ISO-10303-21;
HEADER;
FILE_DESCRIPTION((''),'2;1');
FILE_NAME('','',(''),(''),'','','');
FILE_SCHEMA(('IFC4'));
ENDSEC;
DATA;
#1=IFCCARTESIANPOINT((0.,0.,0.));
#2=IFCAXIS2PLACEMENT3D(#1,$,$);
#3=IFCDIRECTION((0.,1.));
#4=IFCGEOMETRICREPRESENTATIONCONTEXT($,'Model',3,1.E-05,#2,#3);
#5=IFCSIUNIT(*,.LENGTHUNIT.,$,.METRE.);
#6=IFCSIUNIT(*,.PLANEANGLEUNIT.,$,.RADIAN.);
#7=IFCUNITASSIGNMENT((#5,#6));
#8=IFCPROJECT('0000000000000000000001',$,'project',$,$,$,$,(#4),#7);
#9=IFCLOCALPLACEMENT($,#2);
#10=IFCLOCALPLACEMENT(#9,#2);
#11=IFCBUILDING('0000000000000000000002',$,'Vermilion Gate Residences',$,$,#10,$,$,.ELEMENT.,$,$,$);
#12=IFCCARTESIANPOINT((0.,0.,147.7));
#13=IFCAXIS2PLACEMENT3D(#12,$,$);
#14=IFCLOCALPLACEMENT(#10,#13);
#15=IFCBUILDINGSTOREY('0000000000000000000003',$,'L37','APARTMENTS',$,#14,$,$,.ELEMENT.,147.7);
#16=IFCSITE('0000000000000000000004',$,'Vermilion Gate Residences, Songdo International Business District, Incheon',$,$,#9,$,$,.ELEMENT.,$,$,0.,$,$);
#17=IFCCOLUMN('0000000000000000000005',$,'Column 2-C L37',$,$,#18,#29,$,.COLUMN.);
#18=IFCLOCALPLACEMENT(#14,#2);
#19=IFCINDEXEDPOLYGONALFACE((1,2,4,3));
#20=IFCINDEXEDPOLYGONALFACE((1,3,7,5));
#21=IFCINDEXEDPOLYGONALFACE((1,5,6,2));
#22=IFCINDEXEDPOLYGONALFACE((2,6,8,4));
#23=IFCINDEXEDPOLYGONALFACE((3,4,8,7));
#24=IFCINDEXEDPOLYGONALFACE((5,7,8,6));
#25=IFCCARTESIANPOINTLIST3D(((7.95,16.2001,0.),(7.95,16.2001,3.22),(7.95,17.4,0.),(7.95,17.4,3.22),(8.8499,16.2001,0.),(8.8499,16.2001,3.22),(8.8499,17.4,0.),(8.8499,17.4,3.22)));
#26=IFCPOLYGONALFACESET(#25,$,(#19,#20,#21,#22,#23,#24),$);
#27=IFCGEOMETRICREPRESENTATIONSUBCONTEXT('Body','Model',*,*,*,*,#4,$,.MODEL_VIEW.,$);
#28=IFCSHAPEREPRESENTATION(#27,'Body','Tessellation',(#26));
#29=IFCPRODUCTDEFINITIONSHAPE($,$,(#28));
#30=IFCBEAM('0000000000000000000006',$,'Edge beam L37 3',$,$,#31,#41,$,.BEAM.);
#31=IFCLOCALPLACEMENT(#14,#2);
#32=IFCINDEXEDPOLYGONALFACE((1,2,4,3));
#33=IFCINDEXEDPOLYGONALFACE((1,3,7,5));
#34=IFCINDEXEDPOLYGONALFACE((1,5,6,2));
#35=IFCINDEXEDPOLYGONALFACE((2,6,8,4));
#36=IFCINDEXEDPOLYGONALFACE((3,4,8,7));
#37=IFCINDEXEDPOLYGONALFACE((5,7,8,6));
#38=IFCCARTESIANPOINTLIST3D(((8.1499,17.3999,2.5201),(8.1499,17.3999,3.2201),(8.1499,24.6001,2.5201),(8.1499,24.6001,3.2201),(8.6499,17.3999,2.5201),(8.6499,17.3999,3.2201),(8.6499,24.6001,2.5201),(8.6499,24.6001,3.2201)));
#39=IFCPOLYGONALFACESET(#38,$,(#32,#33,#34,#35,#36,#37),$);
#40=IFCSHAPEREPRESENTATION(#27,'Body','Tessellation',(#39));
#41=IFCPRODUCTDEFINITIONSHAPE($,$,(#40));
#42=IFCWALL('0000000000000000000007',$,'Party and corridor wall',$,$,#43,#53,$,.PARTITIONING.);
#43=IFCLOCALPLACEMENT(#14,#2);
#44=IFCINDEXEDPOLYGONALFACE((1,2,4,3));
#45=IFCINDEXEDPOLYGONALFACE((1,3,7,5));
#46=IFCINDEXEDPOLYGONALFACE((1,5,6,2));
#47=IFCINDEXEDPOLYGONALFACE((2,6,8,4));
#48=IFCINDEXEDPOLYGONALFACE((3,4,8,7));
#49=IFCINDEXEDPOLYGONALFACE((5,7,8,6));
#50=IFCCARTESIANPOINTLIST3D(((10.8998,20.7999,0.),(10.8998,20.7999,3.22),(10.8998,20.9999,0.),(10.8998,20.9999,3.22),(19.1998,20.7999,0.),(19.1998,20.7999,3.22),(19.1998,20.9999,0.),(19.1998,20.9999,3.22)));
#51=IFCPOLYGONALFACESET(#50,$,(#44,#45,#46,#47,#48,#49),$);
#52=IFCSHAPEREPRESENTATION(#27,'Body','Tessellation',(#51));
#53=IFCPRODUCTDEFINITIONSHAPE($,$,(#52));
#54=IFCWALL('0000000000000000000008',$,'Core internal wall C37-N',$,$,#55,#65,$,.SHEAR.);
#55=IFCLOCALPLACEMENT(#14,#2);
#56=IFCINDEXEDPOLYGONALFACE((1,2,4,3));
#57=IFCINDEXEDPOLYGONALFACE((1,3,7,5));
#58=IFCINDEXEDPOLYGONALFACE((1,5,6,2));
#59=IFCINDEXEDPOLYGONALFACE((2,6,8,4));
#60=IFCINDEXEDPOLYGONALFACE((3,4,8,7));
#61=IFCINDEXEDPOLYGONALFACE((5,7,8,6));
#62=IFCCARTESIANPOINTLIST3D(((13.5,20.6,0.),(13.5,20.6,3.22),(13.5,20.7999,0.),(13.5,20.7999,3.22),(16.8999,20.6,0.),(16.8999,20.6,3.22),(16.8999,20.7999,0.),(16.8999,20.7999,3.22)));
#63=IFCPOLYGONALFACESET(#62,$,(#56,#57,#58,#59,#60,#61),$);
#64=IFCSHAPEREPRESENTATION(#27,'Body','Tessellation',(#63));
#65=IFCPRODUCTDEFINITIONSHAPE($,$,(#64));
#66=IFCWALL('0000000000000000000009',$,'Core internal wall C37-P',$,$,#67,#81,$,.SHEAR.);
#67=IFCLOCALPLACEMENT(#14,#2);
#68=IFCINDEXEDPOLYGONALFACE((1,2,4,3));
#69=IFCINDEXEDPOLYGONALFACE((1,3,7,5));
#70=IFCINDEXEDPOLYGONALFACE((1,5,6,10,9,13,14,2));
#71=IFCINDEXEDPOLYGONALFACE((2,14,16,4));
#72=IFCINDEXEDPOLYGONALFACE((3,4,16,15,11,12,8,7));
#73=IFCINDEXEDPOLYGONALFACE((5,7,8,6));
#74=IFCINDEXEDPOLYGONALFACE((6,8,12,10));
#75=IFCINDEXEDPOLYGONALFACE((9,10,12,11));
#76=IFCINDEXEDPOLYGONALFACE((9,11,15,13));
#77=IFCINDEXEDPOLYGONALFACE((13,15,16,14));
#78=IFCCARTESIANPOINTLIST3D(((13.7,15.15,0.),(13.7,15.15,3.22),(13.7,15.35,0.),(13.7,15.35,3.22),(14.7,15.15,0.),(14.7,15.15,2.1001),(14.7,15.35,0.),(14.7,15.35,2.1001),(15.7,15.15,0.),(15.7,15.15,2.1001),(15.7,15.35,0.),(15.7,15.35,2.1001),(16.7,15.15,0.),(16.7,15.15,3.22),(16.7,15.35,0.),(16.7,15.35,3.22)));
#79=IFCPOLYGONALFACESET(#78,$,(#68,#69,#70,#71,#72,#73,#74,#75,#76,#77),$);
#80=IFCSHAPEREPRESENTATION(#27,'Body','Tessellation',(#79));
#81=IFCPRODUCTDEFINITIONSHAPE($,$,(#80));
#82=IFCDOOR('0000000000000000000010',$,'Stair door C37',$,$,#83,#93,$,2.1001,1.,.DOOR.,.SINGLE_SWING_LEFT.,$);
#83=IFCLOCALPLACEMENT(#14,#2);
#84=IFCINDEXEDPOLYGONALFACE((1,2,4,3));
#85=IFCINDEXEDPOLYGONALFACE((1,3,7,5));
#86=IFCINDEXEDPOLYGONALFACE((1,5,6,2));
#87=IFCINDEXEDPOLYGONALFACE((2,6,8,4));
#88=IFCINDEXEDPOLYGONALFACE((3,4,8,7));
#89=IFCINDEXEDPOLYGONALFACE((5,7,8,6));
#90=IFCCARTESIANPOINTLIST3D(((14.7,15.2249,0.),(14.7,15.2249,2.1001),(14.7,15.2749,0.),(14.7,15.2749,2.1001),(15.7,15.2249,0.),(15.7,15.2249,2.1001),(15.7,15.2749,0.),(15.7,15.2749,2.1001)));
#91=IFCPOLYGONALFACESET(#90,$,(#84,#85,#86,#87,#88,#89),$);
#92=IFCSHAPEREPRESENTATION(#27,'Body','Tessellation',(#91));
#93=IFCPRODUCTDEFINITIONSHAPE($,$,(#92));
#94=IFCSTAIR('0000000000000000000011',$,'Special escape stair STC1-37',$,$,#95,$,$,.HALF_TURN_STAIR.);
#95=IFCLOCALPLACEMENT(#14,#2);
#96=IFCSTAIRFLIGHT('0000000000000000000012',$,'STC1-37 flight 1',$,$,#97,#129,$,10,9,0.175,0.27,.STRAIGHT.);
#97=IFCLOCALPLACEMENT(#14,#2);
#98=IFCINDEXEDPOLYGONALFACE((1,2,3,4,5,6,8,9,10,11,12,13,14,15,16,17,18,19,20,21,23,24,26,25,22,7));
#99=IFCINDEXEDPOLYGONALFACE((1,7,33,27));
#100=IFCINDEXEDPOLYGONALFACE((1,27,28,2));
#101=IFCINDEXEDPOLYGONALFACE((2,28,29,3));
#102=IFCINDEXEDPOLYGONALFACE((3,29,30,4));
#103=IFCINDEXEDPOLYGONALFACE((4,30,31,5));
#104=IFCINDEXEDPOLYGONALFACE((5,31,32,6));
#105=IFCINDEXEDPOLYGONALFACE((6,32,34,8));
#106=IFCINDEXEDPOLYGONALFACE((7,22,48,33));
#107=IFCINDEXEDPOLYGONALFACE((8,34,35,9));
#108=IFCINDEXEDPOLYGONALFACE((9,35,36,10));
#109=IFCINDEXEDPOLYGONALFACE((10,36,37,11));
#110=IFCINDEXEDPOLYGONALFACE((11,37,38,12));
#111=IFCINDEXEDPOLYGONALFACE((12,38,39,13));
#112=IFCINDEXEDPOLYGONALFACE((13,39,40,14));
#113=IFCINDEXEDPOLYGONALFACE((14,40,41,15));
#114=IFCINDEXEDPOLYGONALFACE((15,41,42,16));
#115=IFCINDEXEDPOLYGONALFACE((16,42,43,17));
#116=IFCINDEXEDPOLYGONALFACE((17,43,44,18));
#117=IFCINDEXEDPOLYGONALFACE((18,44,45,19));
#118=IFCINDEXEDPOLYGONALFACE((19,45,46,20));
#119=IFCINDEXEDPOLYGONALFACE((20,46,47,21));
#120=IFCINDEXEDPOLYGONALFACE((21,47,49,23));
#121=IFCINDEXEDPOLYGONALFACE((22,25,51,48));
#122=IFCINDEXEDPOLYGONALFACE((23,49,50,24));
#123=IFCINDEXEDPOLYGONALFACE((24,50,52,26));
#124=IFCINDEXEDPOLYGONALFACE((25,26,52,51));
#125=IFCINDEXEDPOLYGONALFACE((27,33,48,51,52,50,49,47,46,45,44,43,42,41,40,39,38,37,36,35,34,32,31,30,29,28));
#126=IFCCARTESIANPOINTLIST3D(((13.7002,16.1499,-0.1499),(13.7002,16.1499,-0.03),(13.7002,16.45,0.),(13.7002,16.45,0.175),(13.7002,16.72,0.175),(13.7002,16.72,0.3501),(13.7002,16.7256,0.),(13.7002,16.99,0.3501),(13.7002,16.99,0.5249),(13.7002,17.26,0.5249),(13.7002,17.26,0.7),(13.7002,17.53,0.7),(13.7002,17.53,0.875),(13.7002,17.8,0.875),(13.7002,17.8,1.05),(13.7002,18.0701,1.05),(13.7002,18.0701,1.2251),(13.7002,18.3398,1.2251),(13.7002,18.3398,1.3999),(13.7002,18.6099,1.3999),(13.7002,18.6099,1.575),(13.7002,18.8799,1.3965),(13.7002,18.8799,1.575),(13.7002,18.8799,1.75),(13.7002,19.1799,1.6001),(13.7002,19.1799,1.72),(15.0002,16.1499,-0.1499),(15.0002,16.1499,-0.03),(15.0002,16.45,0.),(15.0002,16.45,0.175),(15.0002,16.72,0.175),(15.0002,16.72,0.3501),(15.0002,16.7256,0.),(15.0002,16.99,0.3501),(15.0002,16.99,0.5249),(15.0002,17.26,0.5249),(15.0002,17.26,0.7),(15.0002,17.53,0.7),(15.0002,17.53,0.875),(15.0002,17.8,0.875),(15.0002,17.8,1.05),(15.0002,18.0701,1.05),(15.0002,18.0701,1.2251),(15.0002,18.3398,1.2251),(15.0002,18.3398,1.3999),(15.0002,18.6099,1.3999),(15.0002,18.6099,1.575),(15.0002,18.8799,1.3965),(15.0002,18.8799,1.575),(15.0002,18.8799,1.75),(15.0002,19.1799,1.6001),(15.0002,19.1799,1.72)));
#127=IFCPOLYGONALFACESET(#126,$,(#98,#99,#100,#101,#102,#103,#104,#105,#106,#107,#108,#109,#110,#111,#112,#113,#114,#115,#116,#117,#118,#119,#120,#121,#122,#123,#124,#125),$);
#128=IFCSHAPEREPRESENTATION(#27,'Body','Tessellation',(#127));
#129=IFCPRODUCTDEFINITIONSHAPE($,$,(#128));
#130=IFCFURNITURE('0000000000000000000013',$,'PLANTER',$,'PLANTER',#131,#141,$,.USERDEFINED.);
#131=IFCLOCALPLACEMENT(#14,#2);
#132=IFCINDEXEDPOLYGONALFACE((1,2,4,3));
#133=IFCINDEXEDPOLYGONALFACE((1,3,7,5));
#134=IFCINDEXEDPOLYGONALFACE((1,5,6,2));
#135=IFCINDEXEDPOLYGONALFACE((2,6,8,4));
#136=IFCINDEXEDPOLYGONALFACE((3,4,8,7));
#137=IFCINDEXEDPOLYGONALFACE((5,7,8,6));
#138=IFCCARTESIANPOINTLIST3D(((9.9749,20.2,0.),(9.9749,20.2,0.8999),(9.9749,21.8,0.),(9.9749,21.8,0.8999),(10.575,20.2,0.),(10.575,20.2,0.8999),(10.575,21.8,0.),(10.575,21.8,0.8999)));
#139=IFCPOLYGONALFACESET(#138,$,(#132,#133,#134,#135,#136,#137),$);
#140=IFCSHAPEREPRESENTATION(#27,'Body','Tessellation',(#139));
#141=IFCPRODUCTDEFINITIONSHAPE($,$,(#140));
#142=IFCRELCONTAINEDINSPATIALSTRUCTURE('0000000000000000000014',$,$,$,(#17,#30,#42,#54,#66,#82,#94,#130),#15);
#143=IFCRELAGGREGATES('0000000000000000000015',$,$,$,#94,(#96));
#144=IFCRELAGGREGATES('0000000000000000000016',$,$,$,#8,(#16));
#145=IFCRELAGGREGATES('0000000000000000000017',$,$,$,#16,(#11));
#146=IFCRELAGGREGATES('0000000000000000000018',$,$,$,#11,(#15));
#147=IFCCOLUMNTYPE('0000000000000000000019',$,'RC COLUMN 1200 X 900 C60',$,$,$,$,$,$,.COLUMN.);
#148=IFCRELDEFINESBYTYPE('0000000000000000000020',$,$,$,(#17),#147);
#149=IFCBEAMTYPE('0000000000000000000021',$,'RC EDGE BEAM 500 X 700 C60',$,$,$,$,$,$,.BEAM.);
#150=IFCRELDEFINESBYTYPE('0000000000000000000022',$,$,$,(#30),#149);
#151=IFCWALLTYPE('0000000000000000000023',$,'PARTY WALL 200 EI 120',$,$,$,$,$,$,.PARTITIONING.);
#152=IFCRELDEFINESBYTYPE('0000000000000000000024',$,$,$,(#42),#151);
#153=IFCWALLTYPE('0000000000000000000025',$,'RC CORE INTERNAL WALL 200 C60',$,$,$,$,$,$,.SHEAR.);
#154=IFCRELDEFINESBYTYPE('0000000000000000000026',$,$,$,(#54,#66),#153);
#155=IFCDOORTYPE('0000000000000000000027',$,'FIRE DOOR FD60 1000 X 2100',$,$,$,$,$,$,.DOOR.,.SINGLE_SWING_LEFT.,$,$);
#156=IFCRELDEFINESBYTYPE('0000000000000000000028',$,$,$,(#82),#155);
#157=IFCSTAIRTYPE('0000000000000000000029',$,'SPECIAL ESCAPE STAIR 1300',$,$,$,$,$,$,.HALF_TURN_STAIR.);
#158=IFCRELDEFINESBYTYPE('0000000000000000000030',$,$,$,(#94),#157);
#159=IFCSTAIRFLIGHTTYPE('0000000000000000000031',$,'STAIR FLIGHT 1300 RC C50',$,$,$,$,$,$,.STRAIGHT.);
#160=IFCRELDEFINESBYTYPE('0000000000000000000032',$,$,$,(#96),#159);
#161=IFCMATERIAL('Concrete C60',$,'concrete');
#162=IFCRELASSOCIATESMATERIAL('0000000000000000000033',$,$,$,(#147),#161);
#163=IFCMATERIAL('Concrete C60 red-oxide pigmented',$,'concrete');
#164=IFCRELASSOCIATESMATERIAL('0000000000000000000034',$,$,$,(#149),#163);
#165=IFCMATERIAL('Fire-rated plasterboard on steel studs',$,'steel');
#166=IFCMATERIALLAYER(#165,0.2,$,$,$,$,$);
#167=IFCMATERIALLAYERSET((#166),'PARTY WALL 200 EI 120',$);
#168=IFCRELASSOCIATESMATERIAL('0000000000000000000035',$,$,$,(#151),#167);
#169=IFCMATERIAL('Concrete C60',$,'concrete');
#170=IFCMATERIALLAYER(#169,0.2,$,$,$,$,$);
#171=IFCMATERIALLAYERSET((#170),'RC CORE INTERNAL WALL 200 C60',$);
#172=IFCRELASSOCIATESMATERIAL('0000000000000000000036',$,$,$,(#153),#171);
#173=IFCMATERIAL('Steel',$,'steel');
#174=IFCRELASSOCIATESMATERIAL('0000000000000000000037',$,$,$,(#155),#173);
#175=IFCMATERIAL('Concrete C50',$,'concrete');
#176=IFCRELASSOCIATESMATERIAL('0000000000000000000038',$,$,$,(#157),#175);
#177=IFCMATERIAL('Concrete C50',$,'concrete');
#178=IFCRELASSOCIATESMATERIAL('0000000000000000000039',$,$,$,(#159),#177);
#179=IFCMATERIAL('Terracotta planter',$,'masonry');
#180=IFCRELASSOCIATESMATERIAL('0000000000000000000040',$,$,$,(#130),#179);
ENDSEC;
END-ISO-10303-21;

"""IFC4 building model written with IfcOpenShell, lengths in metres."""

from ifc_helpers import new_model, si_unit, direction, frame, frame_2d, origin, origin_2d, place, context, subcontext, project, spatial, polyline, rectangle, outline, extrude, material, layer, layer_set, material_profile, profile_set, type_object, element, fill, aggregate, save


model = new_model("IFC4")

# Units and contexts
model_context = context("Model", 3, precision=1e-05, world=origin(), true_north=direction((0.0, 1.0)))
body_context = subcontext(model_context, "Body", "Model", "MODEL_VIEW")
ifc_project = project(units=[si_unit("LENGTHUNIT", "METRE"), si_unit("PLANEANGLEUNIT", "RADIAN")], contexts=[model_context])

# Site, building, storey
site_placement = place(None, origin())
site = spatial("IfcSite", under=ifc_project, at=site_placement, Name="Vermilion Gate Residences, Songdo International Business District, Incheon", CompositionType="ELEMENT", RefElevation=0.0)
building_placement = place(site_placement, origin())
building = spatial("IfcBuilding", under=site, at=building_placement, Name="Vermilion Gate Residences", CompositionType="ELEMENT")
storey_placement = place(building_placement, frame((0.0, 0.0, 147.7)))
storey = spatial("IfcBuildingStorey", under=building, at=storey_placement, Name="L37", Description="APARTMENTS", CompositionType="ELEMENT", Elevation=147.7)

# Column
ifc_material_1 = material(Name="Concrete C60", Category="concrete")
ifc_material_profile_1 = material_profile(ifc_material_1, rectangle(XDim=1.2, YDim=0.8999, at=origin_2d()), Name="RC-1200x900")
ifc_profile_set_1 = profile_set([ifc_material_profile_1], Name="Concrete C60")
column_type = type_object("IfcColumnType", Name="RC COLUMN 1200 X 900 C60", PredefinedType="COLUMN", material=ifc_profile_set_1)
column_placement = place(storey_placement, frame((8.3999, 16.8, 0.0), z_axis=(0.0, 0.0, 1.0), x_axis=(0.0, 1.0, 0.0)))
element("IfcColumn", 1, at=column_placement, inside=storey, type_object=column_type, Name="Column 2-C L37", PredefinedType="COLUMN", context=body_context, shape_type="SweptSolid", body=[
    extrude(rectangle(XDim=1.2, YDim=0.8999, at=origin_2d()), origin(), (0.0, 0.0, 1.0), 3.22),
])

# Beam
ifc_material_2 = material(Name="Concrete C60 red-oxide pigmented", Category="concrete")
ifc_material_profile_2 = material_profile(ifc_material_2, rectangle(XDim=0.5, YDim=0.7, at=origin_2d()), Name="RC-500x700")
ifc_profile_set_2 = profile_set([ifc_material_profile_2], Name="Concrete C60 red-oxide pigmented")
beam_type = type_object("IfcBeamType", Name="RC EDGE BEAM 500 X 700 C60", PredefinedType="BEAM", material=ifc_profile_set_2)
beam_placement = place(storey_placement, frame((8.3999, 17.3999, 2.8701), z_axis=(0.0, 1.0, 0.0), x_axis=(-1.0, 0.0, 0.0)))
element("IfcBeam", 2, at=beam_placement, inside=storey, type_object=beam_type, Name="Edge beam L37 3", PredefinedType="BEAM", context=body_context, shape_type="SweptSolid", body=[
    extrude(rectangle(XDim=0.5, YDim=0.7, at=origin_2d()), origin(), (0.0, 0.0, 1.0), 7.2002),
])

# Walls
ifc_material_3 = material(Name="Fire-rated plasterboard on steel studs", Category="steel")
ifc_layer_1 = layer(ifc_material_3, 0.2)
ifc_layer_set_1 = layer_set([ifc_layer_1], Name="PARTY WALL 200 EI 120")
wall_type_1 = type_object("IfcWallType", Name="PARTY WALL 200 EI 120", PredefinedType="PARTITIONING", material=ifc_layer_set_1)
wall_1_placement = place(storey_placement, frame((10.8999, 20.8999, 0.0), z_axis=(0.0, 0.0, 1.0), x_axis=(1.0, 0.0, 0.0)))
element("IfcWall", 3, at=wall_1_placement, inside=storey, type_object=wall_type_1, Name="Party and corridor wall", PredefinedType="PARTITIONING", context=body_context, shape_type="SweptSolid", body=[
    extrude(rectangle(XDim=8.3, YDim=0.2, at=frame_2d((4.1499, 0.0))), origin(), (0.0, 0.0, 1.0), 3.22),
])
ifc_material_4 = material(Name="Concrete C60", Category="concrete")
ifc_layer_2 = layer(ifc_material_4, 0.2)
ifc_layer_set_2 = layer_set([ifc_layer_2], Name="RC CORE INTERNAL WALL 200 C60")
wall_type_2 = type_object("IfcWallType", Name="RC CORE INTERNAL WALL 200 C60", PredefinedType="SHEAR", material=ifc_layer_set_2)
wall_2_placement = place(storey_placement, frame((13.5, 20.7, 0.0), z_axis=(0.0, 0.0, 1.0), x_axis=(1.0, 0.0, 0.0)))
element("IfcWall", 4, at=wall_2_placement, inside=storey, type_object=wall_type_2, Name="Core internal wall C37-N", PredefinedType="SHEAR", context=body_context, shape_type="SweptSolid", body=[
    extrude(rectangle(XDim=3.3999, YDim=0.2, at=frame_2d((1.7, 0.0))), origin(), (0.0, 0.0, 1.0), 3.22),
])

# Wall, opening, door
wall_3_placement = place(storey_placement, frame((13.7, 15.25, 0.0), z_axis=(0.0, 0.0, 1.0), x_axis=(1.0, 0.0, 0.0)))
wall_3 = element("IfcWall", 5, at=wall_3_placement, inside=storey, type_object=wall_type_2, Name="Core internal wall C37-P", PredefinedType="SHEAR", context=body_context, shape_type="SweptSolid", body=[
    extrude(rectangle(XDim=3.0, YDim=0.2, at=frame_2d((1.5, 0.0))), origin(), (0.0, 0.0, 1.0), 3.22),
])
opening_placement = place(wall_3_placement, frame((1.0, 0.0, 0.0)))
opening = element("IfcOpeningElement", 6, at=opening_placement, cuts=wall_3, PredefinedType="OPENING", context=body_context, shape_type="SweptSolid", body=[
    extrude(rectangle(XDim=1.0, YDim=2.1001, at=frame_2d((0.5, 1.05))), frame((0.0, 0.1099, 0.0), z_axis=(0.0, -1.0, 0.0), x_axis=(1.0, 0.0, 0.0)), (0.0, 0.0, 1.0), 0.22),
])
ifc_material_5 = material(Name="Steel", Category="steel")
door_type = type_object("IfcDoorType", Name="FIRE DOOR FD60 1000 X 2100", OperationType="SINGLE_SWING_LEFT", PredefinedType="DOOR", material=ifc_material_5)
door_placement = place(opening_placement, origin())
door = element("IfcDoor", 7, at=door_placement, inside=storey, type_object=door_type, Name="Stair door C37", OperationType="SINGLE_SWING_LEFT", OverallHeight=2.1001, OverallWidth=1.0, PredefinedType="DOOR", context=body_context, shape_type="SweptSolid", body=[
    extrude(rectangle(XDim=1.0, YDim=2.1001, at=frame_2d((0.5, 1.05))), frame((0.0, 0.0249, 0.0), z_axis=(0.0, -1.0, 0.0), x_axis=(1.0, 0.0, 0.0)), (0.0, 0.0, 1.0), 0.05),
])
fill(opening, door)

# Stair, stair flight
ifc_material_6 = material(Name="Concrete C50", Category="concrete")
stair_type = type_object("IfcStairType", Name="SPECIAL ESCAPE STAIR 1300", PredefinedType="HALF_TURN_STAIR", material=ifc_material_6)
stair_placement = place(storey_placement, origin())
stair = element("IfcStair", 8, at=stair_placement, inside=storey, type_object=stair_type, Name="Special escape stair STC1-37", PredefinedType="HALF_TURN_STAIR")
ifc_material_7 = material(Name="Concrete C50", Category="concrete")
stair_flight_type = type_object("IfcStairFlightType", Name="STAIR FLIGHT 1300 RC C50", PredefinedType="STRAIGHT", material=ifc_material_7)
stair_flight_placement = place(storey_placement, frame((14.3501, 16.45, 0.0), z_axis=(0.0, 0.0, 1.0), x_axis=(0.0, 1.0, 0.0)))
stair_flight = element("IfcStairFlight", 9, at=stair_flight_placement, type_object=stair_flight_type, Name="STC1-37 flight 1", NumberOfRisers=10, NumberOfTreads=9, PredefinedType="STRAIGHT", RiserHeight=0.175, TreadLength=0.27, context=body_context, shape_type="SweptSolid", body=[
    extrude(outline(polyline([(-0.3, -0.1499), (-0.3, -0.03), (0.0, 0.0), (0.0, 0.175), (0.27, 0.175), (0.27, 0.3501), (0.54, 0.3501), (0.54, 0.5249), (0.8101, 0.5249), (0.8101, 0.7), (1.0801, 0.7), (1.0801, 0.875), (1.3501, 0.875), (1.3501, 1.05), (1.6201, 1.05), (1.6201, 1.2251), (1.8899, 1.2251), (1.8899, 1.3999), (2.1599, 1.3999), (2.1599, 1.575), (2.4299, 1.575), (2.4299, 1.75), (2.73, 1.72), (2.73, 1.6001), (2.4299, 1.3965), (0.2756, 0.0), (-0.3, -0.1499)])), frame((0.0, 0.6499, 0.0), z_axis=(0.0, -1.0, 0.0), x_axis=(1.0, 0.0, 0.0)), (0.0, 0.0, 1.0), 1.3),
])
aggregate(stair, [stair_flight])

# Furniture
ifc_material_8 = material(Name="Terracotta planter", Category="masonry")
furniture_placement = place(storey_placement, frame((10.2749, 21.0, 0.0), z_axis=(0.0, 0.0, 1.0), x_axis=(0.0, -1.0, 0.0)))
element("IfcFurniture", 10, at=furniture_placement, inside=storey, material=ifc_material_8, Name="PLANTER", ObjectType="PLANTER", PredefinedType="USERDEFINED", context=body_context, shape_type="SweptSolid", body=[
    extrude(rectangle(XDim=1.6001, YDim=0.6001, at=origin_2d()), origin(), (0.0, 0.0, 1.0), 0.8999),
])

save(model, "model.ifc")
